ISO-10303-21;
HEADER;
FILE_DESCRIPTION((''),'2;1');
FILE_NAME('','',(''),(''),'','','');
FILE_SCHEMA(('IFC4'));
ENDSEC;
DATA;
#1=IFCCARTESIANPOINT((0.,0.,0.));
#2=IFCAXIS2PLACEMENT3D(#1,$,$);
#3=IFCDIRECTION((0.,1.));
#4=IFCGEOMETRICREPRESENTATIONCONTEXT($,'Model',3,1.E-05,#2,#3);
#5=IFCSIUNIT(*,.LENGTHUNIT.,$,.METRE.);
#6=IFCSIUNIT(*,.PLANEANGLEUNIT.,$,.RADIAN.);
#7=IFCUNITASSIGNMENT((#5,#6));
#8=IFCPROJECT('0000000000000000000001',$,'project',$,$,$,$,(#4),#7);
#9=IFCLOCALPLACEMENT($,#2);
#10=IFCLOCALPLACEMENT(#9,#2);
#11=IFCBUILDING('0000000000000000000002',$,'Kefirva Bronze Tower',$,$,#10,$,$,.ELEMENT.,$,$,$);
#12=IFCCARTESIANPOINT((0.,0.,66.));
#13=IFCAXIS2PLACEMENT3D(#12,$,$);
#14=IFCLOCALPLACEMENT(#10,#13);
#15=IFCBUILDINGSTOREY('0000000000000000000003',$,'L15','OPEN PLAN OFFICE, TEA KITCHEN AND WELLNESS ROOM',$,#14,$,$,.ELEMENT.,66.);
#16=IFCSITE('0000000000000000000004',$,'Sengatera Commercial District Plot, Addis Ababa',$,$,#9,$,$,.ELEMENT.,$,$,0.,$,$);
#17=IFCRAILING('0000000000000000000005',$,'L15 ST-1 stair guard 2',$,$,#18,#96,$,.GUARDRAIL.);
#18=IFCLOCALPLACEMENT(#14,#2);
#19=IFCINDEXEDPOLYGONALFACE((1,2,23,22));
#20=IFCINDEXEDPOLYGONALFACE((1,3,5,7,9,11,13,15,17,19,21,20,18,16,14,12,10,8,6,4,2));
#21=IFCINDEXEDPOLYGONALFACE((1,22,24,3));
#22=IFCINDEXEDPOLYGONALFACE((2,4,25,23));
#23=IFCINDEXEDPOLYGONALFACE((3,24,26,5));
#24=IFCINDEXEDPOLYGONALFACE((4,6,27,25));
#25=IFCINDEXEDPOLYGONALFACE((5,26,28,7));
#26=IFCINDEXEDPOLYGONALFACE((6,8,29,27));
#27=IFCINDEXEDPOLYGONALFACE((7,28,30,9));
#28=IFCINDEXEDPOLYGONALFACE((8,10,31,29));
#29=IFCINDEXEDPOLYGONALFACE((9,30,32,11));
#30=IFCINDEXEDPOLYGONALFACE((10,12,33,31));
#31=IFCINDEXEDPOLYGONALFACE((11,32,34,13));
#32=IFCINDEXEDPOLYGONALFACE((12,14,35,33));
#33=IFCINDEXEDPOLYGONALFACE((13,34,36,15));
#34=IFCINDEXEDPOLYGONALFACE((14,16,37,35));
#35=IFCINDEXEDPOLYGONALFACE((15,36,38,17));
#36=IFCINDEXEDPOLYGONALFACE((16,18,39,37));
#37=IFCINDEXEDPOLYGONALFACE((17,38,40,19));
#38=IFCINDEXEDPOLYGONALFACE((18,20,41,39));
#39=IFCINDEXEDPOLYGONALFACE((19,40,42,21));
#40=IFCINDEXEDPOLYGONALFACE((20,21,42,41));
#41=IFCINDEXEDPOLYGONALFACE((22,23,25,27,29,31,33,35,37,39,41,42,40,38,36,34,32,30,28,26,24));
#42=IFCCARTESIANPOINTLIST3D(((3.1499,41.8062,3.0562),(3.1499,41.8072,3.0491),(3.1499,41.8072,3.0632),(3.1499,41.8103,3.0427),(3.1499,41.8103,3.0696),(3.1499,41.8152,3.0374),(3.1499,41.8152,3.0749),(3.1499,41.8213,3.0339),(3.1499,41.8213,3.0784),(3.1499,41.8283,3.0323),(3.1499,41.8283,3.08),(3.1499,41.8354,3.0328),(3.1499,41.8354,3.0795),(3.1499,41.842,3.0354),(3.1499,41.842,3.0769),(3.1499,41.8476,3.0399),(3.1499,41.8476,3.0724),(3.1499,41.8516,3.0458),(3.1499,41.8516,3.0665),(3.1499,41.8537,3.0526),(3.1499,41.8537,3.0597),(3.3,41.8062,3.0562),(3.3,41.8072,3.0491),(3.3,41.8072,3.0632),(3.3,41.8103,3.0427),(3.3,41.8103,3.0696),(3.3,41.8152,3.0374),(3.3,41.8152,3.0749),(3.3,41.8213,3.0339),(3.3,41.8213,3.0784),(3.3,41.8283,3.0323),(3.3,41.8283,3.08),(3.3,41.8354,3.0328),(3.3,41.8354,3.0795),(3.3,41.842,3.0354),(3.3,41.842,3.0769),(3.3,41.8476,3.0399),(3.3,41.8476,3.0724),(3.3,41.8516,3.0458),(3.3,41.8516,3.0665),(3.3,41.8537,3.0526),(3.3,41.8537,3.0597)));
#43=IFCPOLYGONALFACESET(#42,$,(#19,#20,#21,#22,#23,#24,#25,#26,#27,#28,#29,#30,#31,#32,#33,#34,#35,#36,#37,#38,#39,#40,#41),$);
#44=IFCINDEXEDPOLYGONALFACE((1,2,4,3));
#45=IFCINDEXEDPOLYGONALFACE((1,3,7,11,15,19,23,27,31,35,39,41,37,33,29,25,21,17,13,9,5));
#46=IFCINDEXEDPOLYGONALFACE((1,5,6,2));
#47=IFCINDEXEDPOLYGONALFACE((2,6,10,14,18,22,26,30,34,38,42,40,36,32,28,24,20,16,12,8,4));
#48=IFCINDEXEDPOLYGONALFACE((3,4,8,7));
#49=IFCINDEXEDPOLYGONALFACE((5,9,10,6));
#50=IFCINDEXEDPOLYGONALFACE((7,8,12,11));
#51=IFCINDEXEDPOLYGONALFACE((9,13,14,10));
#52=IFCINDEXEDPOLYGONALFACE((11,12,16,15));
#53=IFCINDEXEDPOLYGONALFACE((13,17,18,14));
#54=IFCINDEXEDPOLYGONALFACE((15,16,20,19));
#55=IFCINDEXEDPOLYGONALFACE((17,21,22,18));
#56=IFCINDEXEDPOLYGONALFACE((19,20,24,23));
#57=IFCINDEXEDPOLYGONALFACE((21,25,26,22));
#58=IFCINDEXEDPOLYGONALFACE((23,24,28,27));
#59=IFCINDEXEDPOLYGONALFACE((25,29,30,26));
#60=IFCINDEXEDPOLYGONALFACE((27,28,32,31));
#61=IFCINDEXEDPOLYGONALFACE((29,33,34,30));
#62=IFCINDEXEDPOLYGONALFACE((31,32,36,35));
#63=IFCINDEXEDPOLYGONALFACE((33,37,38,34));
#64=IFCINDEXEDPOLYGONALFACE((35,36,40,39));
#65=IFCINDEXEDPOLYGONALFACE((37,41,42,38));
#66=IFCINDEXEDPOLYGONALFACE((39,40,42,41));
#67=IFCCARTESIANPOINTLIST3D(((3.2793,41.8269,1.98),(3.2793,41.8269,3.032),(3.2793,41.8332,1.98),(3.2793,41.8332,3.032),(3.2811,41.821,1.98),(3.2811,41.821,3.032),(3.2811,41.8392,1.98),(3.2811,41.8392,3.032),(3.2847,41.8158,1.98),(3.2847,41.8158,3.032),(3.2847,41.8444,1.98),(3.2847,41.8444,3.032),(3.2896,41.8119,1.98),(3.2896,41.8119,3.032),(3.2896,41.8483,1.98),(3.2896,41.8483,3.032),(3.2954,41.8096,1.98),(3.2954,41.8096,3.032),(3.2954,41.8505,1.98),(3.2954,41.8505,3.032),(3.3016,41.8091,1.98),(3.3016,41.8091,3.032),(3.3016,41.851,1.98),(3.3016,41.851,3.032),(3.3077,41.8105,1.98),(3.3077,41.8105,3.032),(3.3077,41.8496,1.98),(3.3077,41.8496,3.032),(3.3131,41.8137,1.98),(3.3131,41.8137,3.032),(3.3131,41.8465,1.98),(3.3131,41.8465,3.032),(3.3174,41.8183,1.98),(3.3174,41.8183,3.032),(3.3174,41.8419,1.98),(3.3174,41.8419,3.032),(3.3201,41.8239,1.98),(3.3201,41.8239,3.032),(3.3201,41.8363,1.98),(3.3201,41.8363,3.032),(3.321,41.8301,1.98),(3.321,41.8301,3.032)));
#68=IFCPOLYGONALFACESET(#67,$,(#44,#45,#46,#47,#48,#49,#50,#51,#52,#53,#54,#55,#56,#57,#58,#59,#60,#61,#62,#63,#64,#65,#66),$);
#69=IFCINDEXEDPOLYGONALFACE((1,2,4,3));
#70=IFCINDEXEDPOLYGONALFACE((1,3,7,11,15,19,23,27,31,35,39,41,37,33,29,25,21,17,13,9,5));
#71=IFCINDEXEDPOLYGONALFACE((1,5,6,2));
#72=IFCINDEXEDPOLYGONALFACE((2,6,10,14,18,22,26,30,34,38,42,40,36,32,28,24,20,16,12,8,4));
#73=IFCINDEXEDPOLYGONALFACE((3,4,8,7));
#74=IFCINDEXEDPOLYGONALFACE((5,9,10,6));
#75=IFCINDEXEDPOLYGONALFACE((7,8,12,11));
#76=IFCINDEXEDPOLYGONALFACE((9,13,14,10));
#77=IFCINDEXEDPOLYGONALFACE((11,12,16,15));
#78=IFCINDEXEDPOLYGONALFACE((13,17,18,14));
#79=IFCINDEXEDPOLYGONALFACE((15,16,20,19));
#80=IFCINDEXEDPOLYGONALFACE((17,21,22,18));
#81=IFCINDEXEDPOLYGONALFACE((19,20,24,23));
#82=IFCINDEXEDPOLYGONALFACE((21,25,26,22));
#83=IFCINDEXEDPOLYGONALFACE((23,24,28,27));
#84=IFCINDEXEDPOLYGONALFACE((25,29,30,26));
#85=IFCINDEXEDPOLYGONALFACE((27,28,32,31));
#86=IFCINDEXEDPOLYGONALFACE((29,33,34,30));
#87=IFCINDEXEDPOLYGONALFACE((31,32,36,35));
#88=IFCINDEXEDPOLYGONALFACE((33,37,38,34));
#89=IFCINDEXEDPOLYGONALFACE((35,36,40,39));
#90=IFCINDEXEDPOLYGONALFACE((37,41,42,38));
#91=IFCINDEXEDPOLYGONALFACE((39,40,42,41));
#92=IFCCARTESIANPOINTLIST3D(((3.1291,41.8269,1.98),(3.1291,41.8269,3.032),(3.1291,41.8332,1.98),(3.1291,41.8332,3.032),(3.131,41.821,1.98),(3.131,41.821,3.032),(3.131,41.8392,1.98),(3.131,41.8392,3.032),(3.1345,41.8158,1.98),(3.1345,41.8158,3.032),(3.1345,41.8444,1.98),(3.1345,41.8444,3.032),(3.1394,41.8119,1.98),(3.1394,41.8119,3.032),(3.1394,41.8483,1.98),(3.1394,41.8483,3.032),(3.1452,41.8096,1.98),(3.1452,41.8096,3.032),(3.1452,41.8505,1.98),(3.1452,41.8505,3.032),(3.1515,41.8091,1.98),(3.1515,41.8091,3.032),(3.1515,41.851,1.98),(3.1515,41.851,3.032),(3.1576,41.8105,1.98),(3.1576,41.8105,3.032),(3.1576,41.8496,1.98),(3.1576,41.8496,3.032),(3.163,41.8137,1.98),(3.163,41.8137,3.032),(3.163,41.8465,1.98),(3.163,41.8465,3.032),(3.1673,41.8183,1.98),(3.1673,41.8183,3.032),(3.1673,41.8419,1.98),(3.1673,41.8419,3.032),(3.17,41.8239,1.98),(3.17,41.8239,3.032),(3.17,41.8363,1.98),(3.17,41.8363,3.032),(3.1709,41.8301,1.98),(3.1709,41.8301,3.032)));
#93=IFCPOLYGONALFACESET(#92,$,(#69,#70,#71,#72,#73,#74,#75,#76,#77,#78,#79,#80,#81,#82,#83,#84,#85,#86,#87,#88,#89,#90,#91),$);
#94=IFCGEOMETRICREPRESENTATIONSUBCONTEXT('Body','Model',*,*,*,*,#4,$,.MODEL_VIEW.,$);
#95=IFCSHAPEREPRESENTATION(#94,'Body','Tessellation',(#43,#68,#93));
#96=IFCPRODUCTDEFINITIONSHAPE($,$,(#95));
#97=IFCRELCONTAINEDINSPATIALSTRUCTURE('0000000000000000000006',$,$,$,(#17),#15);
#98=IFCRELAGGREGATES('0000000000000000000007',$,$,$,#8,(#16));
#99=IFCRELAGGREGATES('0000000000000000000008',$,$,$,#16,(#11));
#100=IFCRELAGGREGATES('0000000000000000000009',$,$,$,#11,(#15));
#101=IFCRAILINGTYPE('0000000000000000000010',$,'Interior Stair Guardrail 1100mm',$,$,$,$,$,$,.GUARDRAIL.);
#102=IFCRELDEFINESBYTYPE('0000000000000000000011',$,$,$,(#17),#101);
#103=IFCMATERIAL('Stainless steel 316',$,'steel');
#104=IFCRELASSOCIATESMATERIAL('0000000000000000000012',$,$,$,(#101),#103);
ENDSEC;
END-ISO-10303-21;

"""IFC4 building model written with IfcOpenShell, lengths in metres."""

from ifc_helpers import new_model, si_unit, direction, frame, origin, origin_2d, place, context, subcontext, project, spatial, circle, extrude, material, type_object, element, save


model = new_model("IFC4")

# Units and contexts
model_context = context("Model", 3, precision=1e-05, world=origin(), true_north=direction((0.0, 1.0)))
body_context = subcontext(model_context, "Body", "Model", "MODEL_VIEW")
ifc_project = project(units=[si_unit("LENGTHUNIT", "METRE"), si_unit("PLANEANGLEUNIT", "RADIAN")], contexts=[model_context])

# Site, building, storey
site_placement = place(None, origin())
site = spatial("IfcSite", under=ifc_project, at=site_placement, Name="Sengatera Commercial District Plot, Addis Ababa", CompositionType="ELEMENT", RefElevation=0.0)
building_placement = place(site_placement, origin())
building = spatial("IfcBuilding", under=site, at=building_placement, Name="Kefirva Bronze Tower", CompositionType="ELEMENT")
storey_placement = place(building_placement, frame((0.0, 0.0, 66.0)))
storey = spatial("IfcBuildingStorey", under=building, at=storey_placement, Name="L15", Description="OPEN PLAN OFFICE, TEA KITCHEN AND WELLNESS ROOM", CompositionType="ELEMENT", Elevation=66.0)

# Railing
ifc_material_1 = material(Name="Stainless steel 316", Category="steel")
railing_type_1 = type_object("IfcRailingType", Name="Interior Stair Guardrail 1100mm", PredefinedType="GUARDRAIL", material=ifc_material_1)
railing_1_placement = place(storey_placement, frame((3.3, 41.8301, 1.98)))
element("IfcRailing", 1, at=railing_1_placement, inside=storey, type_object=railing_type_1, Name="L15 ST-1 stair guard 2", PredefinedType="GUARDRAIL", context=body_context, shape_type="SweptSolid", body=[
    extrude(circle(Radius=0.0239, at=origin_2d()), frame((0.0, 0.0, 1.0762), z_axis=(-1.0, 0.0, 0.0), x_axis=(0.0, -1.0, 0.0)), (0.0, 0.0, 1.0), 0.1501),
    extrude(circle(Radius=0.021, at=origin_2d()), origin(), (0.0, 0.0, 1.0), 1.052),
    extrude(circle(Radius=0.021, at=origin_2d()), frame((-0.1501, 0.0, 0.0)), (0.0, 0.0, 1.0), 1.052),
])

save(model, "model.ifc")
